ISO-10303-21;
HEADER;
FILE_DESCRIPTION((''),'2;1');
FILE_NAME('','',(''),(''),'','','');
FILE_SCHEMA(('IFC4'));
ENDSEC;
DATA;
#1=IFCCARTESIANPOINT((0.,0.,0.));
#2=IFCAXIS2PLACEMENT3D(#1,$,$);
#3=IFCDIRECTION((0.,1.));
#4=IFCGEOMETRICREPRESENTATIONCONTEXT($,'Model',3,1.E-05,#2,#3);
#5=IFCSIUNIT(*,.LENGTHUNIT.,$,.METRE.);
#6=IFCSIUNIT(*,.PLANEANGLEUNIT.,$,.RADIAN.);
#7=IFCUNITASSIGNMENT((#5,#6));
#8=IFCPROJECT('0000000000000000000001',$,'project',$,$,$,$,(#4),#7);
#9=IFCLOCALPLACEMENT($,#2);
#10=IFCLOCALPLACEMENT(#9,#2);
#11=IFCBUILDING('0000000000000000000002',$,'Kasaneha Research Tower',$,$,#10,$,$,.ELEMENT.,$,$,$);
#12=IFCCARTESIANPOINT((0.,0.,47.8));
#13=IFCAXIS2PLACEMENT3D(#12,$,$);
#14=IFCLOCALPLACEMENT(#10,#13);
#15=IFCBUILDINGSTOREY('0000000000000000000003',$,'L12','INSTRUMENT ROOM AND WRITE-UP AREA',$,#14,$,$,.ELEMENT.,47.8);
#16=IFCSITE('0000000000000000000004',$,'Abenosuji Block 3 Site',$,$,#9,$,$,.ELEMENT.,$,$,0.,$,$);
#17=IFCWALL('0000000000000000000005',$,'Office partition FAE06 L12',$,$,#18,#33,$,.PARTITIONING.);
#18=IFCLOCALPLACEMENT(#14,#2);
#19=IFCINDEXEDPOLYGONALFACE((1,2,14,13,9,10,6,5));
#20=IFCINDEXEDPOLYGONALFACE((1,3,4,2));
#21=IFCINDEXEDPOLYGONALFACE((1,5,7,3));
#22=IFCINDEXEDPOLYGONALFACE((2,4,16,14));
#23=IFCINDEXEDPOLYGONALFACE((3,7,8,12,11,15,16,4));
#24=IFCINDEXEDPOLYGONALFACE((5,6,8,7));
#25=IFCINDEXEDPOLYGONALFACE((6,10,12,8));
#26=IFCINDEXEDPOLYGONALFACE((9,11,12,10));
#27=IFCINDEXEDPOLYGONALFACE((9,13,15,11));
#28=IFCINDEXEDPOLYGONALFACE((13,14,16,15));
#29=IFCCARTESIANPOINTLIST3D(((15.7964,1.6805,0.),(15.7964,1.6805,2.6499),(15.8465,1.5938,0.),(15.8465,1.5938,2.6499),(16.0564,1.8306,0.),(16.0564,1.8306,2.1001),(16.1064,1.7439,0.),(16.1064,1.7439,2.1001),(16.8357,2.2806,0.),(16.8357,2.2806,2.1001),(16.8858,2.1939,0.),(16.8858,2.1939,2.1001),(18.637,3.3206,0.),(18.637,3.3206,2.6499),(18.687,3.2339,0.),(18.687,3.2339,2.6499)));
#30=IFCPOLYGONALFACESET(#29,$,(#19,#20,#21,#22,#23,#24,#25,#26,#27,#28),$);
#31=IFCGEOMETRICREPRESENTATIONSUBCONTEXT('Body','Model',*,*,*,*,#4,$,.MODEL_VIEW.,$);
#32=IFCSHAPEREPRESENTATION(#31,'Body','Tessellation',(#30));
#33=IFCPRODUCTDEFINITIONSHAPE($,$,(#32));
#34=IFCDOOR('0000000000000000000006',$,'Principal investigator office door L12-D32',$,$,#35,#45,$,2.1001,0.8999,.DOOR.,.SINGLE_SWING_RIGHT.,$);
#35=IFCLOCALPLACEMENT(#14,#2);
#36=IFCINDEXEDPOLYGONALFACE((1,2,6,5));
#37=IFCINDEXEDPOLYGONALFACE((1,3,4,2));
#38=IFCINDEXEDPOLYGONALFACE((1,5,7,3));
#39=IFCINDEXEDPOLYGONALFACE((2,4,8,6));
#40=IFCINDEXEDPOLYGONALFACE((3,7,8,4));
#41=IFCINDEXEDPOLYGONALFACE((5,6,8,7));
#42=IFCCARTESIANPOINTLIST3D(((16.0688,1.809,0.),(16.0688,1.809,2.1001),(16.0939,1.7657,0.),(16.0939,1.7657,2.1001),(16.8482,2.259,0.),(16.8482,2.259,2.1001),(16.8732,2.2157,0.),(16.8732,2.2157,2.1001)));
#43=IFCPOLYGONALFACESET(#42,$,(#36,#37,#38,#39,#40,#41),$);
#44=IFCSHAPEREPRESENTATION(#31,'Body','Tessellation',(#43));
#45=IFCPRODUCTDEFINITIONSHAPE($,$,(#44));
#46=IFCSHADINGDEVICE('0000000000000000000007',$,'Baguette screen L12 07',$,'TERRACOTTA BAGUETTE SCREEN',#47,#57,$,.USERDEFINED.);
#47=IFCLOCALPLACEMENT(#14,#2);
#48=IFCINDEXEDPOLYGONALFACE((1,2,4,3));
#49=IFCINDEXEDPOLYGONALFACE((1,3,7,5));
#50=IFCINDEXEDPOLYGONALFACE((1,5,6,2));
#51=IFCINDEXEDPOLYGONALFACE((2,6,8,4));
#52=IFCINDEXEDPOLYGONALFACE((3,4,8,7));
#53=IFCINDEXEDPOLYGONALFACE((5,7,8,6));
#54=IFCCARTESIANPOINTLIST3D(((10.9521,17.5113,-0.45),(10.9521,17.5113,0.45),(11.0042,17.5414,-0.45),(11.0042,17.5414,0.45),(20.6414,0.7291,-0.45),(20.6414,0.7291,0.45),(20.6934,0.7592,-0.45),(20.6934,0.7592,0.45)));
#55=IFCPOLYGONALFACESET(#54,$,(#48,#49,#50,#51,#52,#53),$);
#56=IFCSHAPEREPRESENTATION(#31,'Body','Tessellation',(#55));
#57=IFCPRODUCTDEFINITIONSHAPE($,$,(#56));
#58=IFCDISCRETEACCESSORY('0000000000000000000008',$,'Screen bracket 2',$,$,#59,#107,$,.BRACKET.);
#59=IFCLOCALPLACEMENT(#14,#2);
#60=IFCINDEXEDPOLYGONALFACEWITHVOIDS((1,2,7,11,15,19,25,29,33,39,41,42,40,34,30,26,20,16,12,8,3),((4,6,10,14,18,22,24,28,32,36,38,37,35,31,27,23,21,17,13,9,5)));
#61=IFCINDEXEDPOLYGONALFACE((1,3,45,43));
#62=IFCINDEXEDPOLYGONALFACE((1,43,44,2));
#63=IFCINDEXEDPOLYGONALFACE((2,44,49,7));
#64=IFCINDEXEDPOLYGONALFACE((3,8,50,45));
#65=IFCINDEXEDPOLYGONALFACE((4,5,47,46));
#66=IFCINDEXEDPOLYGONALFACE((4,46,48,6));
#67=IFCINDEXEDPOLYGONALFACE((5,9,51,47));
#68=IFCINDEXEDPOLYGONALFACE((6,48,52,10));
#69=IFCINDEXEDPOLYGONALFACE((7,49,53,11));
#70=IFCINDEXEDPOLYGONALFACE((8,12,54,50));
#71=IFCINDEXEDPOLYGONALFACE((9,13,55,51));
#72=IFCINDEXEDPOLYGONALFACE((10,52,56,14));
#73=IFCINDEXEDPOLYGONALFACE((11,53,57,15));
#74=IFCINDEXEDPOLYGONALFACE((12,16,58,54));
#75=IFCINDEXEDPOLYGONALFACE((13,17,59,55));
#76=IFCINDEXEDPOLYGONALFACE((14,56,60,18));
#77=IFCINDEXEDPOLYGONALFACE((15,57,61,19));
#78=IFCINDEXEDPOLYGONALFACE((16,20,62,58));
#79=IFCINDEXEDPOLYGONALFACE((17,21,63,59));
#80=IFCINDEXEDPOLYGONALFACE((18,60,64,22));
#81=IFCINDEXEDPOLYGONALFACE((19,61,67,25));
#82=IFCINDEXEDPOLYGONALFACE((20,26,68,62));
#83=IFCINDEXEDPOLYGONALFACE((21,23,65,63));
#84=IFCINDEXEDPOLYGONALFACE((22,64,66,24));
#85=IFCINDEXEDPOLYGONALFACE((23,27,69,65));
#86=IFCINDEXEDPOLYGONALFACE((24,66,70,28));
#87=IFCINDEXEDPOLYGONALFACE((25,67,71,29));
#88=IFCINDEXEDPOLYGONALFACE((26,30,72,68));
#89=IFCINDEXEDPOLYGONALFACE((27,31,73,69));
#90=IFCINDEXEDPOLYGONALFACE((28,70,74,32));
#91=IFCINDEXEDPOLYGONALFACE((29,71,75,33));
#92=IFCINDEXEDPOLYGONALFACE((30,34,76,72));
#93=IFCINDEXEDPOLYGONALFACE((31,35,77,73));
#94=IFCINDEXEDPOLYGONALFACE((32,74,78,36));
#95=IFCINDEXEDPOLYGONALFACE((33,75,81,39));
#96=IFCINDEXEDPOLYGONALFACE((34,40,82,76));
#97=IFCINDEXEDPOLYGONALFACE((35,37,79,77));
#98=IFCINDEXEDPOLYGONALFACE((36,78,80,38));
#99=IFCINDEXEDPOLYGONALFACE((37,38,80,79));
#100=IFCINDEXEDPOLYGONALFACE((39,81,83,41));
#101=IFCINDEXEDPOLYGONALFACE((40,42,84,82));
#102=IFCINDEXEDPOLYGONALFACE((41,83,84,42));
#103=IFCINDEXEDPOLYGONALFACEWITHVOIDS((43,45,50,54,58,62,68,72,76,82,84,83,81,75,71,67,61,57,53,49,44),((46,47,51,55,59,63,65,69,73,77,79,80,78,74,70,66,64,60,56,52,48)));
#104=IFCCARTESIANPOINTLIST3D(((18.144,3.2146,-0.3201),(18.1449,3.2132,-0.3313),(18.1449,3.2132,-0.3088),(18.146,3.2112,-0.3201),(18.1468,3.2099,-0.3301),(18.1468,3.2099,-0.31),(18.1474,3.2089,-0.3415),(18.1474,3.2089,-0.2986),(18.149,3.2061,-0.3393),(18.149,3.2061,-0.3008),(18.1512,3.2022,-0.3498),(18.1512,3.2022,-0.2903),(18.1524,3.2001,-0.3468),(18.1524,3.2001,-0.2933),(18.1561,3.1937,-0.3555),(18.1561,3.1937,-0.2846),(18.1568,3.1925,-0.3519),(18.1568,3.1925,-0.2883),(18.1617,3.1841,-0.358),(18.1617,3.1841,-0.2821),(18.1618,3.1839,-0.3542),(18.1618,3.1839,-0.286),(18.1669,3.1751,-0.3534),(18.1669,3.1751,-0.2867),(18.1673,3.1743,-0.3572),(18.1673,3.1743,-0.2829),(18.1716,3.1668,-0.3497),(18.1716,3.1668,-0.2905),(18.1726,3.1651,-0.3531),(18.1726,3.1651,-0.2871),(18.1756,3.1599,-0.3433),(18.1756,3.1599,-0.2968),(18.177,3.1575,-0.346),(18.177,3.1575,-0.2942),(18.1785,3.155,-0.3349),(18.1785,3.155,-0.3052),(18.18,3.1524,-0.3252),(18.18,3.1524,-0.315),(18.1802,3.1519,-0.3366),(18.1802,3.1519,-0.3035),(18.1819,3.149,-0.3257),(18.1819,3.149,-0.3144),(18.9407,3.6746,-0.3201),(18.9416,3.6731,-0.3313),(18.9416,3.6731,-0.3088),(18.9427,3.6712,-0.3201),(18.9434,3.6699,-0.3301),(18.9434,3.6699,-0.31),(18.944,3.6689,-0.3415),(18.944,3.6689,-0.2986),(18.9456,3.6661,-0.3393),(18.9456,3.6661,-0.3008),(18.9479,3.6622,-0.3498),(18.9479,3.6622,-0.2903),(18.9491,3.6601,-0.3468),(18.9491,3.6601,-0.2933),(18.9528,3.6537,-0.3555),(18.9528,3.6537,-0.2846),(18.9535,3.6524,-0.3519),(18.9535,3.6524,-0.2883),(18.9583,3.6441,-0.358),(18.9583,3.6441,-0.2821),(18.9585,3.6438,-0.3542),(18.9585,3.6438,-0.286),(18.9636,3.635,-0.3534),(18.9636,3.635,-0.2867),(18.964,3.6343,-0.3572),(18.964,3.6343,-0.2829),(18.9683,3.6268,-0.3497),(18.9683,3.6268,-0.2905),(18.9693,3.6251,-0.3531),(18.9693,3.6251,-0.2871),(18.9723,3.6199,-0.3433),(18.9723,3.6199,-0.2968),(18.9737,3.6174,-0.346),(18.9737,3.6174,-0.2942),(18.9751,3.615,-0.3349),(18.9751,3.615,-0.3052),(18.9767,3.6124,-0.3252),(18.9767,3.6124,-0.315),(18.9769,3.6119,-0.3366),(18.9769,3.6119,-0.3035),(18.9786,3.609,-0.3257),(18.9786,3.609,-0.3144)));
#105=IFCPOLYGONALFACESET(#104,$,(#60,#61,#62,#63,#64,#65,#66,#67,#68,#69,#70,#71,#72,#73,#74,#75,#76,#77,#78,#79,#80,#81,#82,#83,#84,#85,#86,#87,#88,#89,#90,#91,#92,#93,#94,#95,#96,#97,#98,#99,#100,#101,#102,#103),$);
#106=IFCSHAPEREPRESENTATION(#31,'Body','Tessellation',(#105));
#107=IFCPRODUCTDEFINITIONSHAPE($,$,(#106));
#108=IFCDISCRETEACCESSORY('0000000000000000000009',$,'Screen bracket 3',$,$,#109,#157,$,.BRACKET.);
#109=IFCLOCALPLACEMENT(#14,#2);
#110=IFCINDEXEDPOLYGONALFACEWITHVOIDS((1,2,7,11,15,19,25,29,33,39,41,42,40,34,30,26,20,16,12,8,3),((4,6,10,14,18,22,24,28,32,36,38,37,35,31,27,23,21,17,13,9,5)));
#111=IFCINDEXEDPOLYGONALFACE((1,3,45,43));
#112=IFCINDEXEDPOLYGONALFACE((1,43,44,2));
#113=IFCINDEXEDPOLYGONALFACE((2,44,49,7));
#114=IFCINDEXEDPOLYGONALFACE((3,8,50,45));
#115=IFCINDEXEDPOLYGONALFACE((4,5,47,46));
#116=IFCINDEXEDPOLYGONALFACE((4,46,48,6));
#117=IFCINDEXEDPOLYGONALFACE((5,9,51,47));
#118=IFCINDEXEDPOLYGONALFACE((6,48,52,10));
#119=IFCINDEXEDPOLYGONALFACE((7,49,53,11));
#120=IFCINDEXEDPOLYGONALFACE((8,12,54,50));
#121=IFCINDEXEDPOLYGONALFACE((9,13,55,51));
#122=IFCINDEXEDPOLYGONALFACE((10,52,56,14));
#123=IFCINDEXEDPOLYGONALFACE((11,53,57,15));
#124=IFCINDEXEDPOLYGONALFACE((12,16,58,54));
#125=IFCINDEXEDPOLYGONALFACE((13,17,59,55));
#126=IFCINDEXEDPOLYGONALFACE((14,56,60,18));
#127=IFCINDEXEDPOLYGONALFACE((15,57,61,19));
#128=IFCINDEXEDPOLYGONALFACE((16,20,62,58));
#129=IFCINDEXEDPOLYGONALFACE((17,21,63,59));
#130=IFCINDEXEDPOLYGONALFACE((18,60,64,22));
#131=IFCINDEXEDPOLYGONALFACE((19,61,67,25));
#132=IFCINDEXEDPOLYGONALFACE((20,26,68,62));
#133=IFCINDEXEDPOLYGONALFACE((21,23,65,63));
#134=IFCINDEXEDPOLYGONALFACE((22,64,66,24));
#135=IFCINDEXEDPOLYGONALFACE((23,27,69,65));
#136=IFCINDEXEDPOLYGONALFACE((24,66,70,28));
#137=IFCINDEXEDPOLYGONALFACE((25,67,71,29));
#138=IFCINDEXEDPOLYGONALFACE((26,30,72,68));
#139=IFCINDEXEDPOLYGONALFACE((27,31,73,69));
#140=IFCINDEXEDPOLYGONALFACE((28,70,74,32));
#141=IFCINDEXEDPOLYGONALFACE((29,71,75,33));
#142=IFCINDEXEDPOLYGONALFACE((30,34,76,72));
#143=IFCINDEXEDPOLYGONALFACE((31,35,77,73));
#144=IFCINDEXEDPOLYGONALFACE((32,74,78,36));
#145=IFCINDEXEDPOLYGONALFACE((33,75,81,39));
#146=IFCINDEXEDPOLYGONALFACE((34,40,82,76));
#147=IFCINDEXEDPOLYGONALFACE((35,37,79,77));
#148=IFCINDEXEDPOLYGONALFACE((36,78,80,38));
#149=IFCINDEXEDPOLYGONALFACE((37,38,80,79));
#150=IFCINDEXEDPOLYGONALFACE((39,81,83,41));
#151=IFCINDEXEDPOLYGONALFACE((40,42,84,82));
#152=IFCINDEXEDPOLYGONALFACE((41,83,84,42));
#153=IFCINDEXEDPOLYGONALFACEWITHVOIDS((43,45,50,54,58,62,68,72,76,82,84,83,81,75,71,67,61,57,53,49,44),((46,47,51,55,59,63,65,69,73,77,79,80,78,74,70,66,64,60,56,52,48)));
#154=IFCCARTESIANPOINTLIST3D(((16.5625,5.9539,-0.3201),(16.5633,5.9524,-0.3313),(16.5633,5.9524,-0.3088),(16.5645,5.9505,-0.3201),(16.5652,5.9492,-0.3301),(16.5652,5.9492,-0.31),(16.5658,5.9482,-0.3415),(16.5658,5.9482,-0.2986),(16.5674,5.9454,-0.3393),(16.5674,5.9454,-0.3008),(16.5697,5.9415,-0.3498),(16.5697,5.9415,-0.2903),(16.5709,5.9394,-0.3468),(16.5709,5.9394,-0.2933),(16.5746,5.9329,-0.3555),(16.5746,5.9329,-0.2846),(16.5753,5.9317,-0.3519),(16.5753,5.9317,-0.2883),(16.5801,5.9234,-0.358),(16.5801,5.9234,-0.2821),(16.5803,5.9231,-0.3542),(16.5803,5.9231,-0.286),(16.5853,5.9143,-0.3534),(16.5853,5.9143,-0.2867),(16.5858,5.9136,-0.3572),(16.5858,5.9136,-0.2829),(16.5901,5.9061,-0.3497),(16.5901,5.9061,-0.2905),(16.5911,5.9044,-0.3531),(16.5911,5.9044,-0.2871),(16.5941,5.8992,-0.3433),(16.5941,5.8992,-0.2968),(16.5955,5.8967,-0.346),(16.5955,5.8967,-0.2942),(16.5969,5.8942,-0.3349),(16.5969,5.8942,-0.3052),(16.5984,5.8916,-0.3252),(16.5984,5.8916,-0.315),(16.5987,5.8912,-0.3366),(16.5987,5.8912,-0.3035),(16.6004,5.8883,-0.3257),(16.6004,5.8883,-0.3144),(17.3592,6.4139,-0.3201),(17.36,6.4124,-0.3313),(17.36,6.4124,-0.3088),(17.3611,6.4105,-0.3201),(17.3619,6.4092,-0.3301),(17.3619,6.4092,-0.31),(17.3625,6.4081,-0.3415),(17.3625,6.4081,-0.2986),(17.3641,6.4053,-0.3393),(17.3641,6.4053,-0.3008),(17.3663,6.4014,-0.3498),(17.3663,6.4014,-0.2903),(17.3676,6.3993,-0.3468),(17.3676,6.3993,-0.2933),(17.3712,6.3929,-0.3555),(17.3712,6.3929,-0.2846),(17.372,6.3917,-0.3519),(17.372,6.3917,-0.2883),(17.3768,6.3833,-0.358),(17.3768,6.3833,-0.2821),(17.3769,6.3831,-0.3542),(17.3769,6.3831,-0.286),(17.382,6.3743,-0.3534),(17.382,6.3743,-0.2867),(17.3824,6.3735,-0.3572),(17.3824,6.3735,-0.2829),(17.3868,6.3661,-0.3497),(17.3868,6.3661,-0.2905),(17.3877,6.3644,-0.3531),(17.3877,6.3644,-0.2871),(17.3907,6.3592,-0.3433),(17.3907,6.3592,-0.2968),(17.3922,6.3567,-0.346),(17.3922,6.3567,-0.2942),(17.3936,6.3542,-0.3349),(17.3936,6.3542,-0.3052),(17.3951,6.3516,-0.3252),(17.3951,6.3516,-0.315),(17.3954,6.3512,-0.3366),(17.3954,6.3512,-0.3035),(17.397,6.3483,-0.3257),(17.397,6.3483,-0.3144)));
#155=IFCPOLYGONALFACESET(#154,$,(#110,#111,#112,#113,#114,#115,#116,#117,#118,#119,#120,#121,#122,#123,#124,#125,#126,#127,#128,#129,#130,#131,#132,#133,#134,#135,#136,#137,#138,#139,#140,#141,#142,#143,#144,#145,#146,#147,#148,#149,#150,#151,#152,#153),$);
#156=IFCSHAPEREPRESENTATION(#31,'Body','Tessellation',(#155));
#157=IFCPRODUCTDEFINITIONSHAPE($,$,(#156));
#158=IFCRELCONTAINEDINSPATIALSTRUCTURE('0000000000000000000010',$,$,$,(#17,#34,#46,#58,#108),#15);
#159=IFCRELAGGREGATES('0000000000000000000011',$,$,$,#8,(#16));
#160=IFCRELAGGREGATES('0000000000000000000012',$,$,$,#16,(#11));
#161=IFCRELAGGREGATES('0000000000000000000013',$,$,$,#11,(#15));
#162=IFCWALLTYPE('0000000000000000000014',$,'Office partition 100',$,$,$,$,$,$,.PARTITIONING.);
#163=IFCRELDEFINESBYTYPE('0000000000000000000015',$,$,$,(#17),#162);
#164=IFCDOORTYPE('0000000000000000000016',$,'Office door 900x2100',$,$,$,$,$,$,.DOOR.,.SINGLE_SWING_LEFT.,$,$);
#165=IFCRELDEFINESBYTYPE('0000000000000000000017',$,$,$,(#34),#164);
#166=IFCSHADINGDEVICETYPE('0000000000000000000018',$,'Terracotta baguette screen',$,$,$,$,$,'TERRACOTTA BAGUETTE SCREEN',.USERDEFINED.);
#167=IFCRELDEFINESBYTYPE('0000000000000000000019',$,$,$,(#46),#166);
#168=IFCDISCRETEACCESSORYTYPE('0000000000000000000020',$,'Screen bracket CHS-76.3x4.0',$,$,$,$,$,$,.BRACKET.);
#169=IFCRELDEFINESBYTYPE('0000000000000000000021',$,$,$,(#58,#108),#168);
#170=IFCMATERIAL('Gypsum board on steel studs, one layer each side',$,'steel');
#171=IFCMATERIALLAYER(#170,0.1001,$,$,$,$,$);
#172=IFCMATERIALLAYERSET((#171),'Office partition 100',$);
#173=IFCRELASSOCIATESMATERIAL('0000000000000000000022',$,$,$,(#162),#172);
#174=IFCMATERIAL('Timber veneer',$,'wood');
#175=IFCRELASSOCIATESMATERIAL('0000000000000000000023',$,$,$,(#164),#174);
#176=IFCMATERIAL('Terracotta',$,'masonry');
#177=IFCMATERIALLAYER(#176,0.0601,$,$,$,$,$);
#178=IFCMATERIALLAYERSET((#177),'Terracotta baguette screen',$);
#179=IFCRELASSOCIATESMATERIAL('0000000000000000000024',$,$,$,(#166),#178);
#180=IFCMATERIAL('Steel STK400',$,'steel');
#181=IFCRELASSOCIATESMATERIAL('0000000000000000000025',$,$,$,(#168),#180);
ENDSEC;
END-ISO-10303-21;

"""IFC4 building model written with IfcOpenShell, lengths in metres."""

from ifc_helpers import new_model, si_unit, direction, frame, frame_2d, origin, origin_2d, place, context, subcontext, project, spatial, rectangle, hollow_circle, extrude, material, layer, layer_set, material_profile, profile_set, type_object, element, fill, save


model = new_model("IFC4")

# Units and contexts
model_context = context("Model", 3, precision=1e-05, world=origin(), true_north=direction((0.0, 1.0)))
body_context = subcontext(model_context, "Body", "Model", "MODEL_VIEW")
ifc_project = project(units=[si_unit("LENGTHUNIT", "METRE"), si_unit("PLANEANGLEUNIT", "RADIAN")], contexts=[model_context])

# Site, building, storey
site_placement = place(None, origin())
site = spatial("IfcSite", under=ifc_project, at=site_placement, Name="Abenosuji Block 3 Site", CompositionType="ELEMENT", RefElevation=0.0)
building_placement = place(site_placement, origin())
building = spatial("IfcBuilding", under=site, at=building_placement, Name="Kasaneha Research Tower", CompositionType="ELEMENT")
storey_placement = place(building_placement, frame((0.0, 0.0, 47.8)))
storey = spatial("IfcBuildingStorey", under=building, at=storey_placement, Name="L12", Description="INSTRUMENT ROOM AND WRITE-UP AREA", CompositionType="ELEMENT", Elevation=47.8)

# Shared definitions
ifc_material_1 = material(Name="Gypsum board on steel studs, one layer each side", Category="steel")
ifc_layer_1 = layer(ifc_material_1, 0.1001)
ifc_layer_set_1 = layer_set([ifc_layer_1], Name="Office partition 100")
wall_type = type_object("IfcWallType", Name="Office partition 100", PredefinedType="PARTITIONING", material=ifc_layer_set_1)

# Wall, opening, door
wall_1_placement = place(storey_placement, frame((18.6621, 3.2773, 0.0), z_axis=(0.0, 0.0, 1.0), x_axis=(-0.866008, -0.50003, 0.0)))
wall_1 = element("IfcWall", 1, at=wall_1_placement, inside=storey, type_object=wall_type, Name="Office partition FAE06 L12", PredefinedType="PARTITIONING", context=body_context, shape_type="SweptSolid", body=[
    extrude(rectangle(XDim=3.28, YDim=0.1001, at=frame_2d((1.6401, 0.0))), origin(), (0.0, 0.0, 1.0), 2.6499),
])
opening_placement = place(wall_1_placement, frame((2.0801, 0.0, 0.0)))
opening = element("IfcOpeningElement", 2, at=opening_placement, cuts=wall_1, PredefinedType="OPENING", context=body_context, shape_type="SweptSolid", body=[
    extrude(rectangle(XDim=0.8999, YDim=2.1001, at=frame_2d((0.45, 1.05))), frame((0.0, 0.0601, 0.0), z_axis=(0.0, -1.0, 0.0), x_axis=(1.0, 0.0, 0.0)), (0.0, 0.0, 1.0), 0.1201),
])
ifc_material_2 = material(Name="Timber veneer", Category="wood")
door_type = type_object("IfcDoorType", Name="Office door 900x2100", OperationType="SINGLE_SWING_LEFT", PredefinedType="DOOR", material=ifc_material_2)
door_placement = place(opening_placement, origin())
door = element("IfcDoor", 3, at=door_placement, inside=storey, type_object=door_type, Name="Principal investigator office door L12-D32", OperationType="SINGLE_SWING_RIGHT", OverallHeight=2.1001, OverallWidth=0.8999, PredefinedType="DOOR", context=body_context, shape_type="SweptSolid", body=[
    extrude(rectangle(XDim=0.8999, YDim=2.1001, at=frame_2d((0.45, 1.05))), frame((0.0, 0.0249, 0.0), z_axis=(0.0, -1.0, 0.0), x_axis=(1.0, 0.0, 0.0)), (0.0, 0.0, 1.0), 0.05),
])
fill(opening, door)

# Shading device
ifc_material_3 = material(Name="Terracotta", Category="masonry")
ifc_layer_2 = layer(ifc_material_3, 0.0601)
ifc_layer_set_2 = layer_set([ifc_layer_2], Name="Terracotta baguette screen")
shading_device_type = type_object("IfcShadingDeviceType", Name="Terracotta baguette screen", ElementType="TERRACOTTA BAGUETTE SCREEN", PredefinedType="USERDEFINED", material=ifc_layer_set_2)
shading_device_placement = place(storey_placement, frame((15.8228, 9.1353, -0.45), z_axis=(0.0, 0.0, 1.0), x_axis=(-0.5, 0.866025, 0.0)))
element("IfcShadingDevice", 4, at=shading_device_placement, inside=storey, type_object=shading_device_type, Name="Baguette screen L12 07", ObjectType="TERRACOTTA BAGUETTE SCREEN", PredefinedType="USERDEFINED", context=body_context, shape_type="SweptSolid", body=[
    extrude(rectangle(XDim=19.3784, YDim=0.0601, at=origin_2d()), origin(), (0.0, 0.0, 1.0), 0.8999),
])

# Discrete accessories
ifc_material_4 = material(Name="Steel STK400", Category="steel")
ifc_material_profile_1 = material_profile(ifc_material_4, hollow_circle(Radius=0.0381, WallThickness=0.0039, at=origin_2d()), Name="CHS-76.3x4.0")
ifc_profile_set_1 = profile_set([ifc_material_profile_1], Name="Steel STK400")
discrete_accessory_type = type_object("IfcDiscreteAccessoryType", Name="Screen bracket CHS-76.3x4.0", PredefinedType="BRACKET", material=ifc_profile_set_1)
for number, where, z_axis, x_axis, name in (
    (5, (18.1631, 3.1816, -0.3201), (0.866013, 0.500021, 0.0), (-0.500021, 0.866013, 0.0), "Screen bracket 2"),
    (6, (16.5815, 5.9209, -0.3201), (0.866013, 0.500021, 0.0), (-0.500021, 0.866013, 0.0), "Screen bracket 3"),
):
    element("IfcDiscreteAccessory", number, at=place(storey_placement, frame(where, z_axis=z_axis, x_axis=x_axis)), inside=storey, type_object=discrete_accessory_type, Name=name, PredefinedType="BRACKET", context=body_context, shape_type="SweptSolid", body=[
        extrude(hollow_circle(Radius=0.0381, WallThickness=0.0039, at=origin_2d()), origin(), (0.0, 0.0, 1.0), 0.9199),
    ])

save(model, "model.ifc")
